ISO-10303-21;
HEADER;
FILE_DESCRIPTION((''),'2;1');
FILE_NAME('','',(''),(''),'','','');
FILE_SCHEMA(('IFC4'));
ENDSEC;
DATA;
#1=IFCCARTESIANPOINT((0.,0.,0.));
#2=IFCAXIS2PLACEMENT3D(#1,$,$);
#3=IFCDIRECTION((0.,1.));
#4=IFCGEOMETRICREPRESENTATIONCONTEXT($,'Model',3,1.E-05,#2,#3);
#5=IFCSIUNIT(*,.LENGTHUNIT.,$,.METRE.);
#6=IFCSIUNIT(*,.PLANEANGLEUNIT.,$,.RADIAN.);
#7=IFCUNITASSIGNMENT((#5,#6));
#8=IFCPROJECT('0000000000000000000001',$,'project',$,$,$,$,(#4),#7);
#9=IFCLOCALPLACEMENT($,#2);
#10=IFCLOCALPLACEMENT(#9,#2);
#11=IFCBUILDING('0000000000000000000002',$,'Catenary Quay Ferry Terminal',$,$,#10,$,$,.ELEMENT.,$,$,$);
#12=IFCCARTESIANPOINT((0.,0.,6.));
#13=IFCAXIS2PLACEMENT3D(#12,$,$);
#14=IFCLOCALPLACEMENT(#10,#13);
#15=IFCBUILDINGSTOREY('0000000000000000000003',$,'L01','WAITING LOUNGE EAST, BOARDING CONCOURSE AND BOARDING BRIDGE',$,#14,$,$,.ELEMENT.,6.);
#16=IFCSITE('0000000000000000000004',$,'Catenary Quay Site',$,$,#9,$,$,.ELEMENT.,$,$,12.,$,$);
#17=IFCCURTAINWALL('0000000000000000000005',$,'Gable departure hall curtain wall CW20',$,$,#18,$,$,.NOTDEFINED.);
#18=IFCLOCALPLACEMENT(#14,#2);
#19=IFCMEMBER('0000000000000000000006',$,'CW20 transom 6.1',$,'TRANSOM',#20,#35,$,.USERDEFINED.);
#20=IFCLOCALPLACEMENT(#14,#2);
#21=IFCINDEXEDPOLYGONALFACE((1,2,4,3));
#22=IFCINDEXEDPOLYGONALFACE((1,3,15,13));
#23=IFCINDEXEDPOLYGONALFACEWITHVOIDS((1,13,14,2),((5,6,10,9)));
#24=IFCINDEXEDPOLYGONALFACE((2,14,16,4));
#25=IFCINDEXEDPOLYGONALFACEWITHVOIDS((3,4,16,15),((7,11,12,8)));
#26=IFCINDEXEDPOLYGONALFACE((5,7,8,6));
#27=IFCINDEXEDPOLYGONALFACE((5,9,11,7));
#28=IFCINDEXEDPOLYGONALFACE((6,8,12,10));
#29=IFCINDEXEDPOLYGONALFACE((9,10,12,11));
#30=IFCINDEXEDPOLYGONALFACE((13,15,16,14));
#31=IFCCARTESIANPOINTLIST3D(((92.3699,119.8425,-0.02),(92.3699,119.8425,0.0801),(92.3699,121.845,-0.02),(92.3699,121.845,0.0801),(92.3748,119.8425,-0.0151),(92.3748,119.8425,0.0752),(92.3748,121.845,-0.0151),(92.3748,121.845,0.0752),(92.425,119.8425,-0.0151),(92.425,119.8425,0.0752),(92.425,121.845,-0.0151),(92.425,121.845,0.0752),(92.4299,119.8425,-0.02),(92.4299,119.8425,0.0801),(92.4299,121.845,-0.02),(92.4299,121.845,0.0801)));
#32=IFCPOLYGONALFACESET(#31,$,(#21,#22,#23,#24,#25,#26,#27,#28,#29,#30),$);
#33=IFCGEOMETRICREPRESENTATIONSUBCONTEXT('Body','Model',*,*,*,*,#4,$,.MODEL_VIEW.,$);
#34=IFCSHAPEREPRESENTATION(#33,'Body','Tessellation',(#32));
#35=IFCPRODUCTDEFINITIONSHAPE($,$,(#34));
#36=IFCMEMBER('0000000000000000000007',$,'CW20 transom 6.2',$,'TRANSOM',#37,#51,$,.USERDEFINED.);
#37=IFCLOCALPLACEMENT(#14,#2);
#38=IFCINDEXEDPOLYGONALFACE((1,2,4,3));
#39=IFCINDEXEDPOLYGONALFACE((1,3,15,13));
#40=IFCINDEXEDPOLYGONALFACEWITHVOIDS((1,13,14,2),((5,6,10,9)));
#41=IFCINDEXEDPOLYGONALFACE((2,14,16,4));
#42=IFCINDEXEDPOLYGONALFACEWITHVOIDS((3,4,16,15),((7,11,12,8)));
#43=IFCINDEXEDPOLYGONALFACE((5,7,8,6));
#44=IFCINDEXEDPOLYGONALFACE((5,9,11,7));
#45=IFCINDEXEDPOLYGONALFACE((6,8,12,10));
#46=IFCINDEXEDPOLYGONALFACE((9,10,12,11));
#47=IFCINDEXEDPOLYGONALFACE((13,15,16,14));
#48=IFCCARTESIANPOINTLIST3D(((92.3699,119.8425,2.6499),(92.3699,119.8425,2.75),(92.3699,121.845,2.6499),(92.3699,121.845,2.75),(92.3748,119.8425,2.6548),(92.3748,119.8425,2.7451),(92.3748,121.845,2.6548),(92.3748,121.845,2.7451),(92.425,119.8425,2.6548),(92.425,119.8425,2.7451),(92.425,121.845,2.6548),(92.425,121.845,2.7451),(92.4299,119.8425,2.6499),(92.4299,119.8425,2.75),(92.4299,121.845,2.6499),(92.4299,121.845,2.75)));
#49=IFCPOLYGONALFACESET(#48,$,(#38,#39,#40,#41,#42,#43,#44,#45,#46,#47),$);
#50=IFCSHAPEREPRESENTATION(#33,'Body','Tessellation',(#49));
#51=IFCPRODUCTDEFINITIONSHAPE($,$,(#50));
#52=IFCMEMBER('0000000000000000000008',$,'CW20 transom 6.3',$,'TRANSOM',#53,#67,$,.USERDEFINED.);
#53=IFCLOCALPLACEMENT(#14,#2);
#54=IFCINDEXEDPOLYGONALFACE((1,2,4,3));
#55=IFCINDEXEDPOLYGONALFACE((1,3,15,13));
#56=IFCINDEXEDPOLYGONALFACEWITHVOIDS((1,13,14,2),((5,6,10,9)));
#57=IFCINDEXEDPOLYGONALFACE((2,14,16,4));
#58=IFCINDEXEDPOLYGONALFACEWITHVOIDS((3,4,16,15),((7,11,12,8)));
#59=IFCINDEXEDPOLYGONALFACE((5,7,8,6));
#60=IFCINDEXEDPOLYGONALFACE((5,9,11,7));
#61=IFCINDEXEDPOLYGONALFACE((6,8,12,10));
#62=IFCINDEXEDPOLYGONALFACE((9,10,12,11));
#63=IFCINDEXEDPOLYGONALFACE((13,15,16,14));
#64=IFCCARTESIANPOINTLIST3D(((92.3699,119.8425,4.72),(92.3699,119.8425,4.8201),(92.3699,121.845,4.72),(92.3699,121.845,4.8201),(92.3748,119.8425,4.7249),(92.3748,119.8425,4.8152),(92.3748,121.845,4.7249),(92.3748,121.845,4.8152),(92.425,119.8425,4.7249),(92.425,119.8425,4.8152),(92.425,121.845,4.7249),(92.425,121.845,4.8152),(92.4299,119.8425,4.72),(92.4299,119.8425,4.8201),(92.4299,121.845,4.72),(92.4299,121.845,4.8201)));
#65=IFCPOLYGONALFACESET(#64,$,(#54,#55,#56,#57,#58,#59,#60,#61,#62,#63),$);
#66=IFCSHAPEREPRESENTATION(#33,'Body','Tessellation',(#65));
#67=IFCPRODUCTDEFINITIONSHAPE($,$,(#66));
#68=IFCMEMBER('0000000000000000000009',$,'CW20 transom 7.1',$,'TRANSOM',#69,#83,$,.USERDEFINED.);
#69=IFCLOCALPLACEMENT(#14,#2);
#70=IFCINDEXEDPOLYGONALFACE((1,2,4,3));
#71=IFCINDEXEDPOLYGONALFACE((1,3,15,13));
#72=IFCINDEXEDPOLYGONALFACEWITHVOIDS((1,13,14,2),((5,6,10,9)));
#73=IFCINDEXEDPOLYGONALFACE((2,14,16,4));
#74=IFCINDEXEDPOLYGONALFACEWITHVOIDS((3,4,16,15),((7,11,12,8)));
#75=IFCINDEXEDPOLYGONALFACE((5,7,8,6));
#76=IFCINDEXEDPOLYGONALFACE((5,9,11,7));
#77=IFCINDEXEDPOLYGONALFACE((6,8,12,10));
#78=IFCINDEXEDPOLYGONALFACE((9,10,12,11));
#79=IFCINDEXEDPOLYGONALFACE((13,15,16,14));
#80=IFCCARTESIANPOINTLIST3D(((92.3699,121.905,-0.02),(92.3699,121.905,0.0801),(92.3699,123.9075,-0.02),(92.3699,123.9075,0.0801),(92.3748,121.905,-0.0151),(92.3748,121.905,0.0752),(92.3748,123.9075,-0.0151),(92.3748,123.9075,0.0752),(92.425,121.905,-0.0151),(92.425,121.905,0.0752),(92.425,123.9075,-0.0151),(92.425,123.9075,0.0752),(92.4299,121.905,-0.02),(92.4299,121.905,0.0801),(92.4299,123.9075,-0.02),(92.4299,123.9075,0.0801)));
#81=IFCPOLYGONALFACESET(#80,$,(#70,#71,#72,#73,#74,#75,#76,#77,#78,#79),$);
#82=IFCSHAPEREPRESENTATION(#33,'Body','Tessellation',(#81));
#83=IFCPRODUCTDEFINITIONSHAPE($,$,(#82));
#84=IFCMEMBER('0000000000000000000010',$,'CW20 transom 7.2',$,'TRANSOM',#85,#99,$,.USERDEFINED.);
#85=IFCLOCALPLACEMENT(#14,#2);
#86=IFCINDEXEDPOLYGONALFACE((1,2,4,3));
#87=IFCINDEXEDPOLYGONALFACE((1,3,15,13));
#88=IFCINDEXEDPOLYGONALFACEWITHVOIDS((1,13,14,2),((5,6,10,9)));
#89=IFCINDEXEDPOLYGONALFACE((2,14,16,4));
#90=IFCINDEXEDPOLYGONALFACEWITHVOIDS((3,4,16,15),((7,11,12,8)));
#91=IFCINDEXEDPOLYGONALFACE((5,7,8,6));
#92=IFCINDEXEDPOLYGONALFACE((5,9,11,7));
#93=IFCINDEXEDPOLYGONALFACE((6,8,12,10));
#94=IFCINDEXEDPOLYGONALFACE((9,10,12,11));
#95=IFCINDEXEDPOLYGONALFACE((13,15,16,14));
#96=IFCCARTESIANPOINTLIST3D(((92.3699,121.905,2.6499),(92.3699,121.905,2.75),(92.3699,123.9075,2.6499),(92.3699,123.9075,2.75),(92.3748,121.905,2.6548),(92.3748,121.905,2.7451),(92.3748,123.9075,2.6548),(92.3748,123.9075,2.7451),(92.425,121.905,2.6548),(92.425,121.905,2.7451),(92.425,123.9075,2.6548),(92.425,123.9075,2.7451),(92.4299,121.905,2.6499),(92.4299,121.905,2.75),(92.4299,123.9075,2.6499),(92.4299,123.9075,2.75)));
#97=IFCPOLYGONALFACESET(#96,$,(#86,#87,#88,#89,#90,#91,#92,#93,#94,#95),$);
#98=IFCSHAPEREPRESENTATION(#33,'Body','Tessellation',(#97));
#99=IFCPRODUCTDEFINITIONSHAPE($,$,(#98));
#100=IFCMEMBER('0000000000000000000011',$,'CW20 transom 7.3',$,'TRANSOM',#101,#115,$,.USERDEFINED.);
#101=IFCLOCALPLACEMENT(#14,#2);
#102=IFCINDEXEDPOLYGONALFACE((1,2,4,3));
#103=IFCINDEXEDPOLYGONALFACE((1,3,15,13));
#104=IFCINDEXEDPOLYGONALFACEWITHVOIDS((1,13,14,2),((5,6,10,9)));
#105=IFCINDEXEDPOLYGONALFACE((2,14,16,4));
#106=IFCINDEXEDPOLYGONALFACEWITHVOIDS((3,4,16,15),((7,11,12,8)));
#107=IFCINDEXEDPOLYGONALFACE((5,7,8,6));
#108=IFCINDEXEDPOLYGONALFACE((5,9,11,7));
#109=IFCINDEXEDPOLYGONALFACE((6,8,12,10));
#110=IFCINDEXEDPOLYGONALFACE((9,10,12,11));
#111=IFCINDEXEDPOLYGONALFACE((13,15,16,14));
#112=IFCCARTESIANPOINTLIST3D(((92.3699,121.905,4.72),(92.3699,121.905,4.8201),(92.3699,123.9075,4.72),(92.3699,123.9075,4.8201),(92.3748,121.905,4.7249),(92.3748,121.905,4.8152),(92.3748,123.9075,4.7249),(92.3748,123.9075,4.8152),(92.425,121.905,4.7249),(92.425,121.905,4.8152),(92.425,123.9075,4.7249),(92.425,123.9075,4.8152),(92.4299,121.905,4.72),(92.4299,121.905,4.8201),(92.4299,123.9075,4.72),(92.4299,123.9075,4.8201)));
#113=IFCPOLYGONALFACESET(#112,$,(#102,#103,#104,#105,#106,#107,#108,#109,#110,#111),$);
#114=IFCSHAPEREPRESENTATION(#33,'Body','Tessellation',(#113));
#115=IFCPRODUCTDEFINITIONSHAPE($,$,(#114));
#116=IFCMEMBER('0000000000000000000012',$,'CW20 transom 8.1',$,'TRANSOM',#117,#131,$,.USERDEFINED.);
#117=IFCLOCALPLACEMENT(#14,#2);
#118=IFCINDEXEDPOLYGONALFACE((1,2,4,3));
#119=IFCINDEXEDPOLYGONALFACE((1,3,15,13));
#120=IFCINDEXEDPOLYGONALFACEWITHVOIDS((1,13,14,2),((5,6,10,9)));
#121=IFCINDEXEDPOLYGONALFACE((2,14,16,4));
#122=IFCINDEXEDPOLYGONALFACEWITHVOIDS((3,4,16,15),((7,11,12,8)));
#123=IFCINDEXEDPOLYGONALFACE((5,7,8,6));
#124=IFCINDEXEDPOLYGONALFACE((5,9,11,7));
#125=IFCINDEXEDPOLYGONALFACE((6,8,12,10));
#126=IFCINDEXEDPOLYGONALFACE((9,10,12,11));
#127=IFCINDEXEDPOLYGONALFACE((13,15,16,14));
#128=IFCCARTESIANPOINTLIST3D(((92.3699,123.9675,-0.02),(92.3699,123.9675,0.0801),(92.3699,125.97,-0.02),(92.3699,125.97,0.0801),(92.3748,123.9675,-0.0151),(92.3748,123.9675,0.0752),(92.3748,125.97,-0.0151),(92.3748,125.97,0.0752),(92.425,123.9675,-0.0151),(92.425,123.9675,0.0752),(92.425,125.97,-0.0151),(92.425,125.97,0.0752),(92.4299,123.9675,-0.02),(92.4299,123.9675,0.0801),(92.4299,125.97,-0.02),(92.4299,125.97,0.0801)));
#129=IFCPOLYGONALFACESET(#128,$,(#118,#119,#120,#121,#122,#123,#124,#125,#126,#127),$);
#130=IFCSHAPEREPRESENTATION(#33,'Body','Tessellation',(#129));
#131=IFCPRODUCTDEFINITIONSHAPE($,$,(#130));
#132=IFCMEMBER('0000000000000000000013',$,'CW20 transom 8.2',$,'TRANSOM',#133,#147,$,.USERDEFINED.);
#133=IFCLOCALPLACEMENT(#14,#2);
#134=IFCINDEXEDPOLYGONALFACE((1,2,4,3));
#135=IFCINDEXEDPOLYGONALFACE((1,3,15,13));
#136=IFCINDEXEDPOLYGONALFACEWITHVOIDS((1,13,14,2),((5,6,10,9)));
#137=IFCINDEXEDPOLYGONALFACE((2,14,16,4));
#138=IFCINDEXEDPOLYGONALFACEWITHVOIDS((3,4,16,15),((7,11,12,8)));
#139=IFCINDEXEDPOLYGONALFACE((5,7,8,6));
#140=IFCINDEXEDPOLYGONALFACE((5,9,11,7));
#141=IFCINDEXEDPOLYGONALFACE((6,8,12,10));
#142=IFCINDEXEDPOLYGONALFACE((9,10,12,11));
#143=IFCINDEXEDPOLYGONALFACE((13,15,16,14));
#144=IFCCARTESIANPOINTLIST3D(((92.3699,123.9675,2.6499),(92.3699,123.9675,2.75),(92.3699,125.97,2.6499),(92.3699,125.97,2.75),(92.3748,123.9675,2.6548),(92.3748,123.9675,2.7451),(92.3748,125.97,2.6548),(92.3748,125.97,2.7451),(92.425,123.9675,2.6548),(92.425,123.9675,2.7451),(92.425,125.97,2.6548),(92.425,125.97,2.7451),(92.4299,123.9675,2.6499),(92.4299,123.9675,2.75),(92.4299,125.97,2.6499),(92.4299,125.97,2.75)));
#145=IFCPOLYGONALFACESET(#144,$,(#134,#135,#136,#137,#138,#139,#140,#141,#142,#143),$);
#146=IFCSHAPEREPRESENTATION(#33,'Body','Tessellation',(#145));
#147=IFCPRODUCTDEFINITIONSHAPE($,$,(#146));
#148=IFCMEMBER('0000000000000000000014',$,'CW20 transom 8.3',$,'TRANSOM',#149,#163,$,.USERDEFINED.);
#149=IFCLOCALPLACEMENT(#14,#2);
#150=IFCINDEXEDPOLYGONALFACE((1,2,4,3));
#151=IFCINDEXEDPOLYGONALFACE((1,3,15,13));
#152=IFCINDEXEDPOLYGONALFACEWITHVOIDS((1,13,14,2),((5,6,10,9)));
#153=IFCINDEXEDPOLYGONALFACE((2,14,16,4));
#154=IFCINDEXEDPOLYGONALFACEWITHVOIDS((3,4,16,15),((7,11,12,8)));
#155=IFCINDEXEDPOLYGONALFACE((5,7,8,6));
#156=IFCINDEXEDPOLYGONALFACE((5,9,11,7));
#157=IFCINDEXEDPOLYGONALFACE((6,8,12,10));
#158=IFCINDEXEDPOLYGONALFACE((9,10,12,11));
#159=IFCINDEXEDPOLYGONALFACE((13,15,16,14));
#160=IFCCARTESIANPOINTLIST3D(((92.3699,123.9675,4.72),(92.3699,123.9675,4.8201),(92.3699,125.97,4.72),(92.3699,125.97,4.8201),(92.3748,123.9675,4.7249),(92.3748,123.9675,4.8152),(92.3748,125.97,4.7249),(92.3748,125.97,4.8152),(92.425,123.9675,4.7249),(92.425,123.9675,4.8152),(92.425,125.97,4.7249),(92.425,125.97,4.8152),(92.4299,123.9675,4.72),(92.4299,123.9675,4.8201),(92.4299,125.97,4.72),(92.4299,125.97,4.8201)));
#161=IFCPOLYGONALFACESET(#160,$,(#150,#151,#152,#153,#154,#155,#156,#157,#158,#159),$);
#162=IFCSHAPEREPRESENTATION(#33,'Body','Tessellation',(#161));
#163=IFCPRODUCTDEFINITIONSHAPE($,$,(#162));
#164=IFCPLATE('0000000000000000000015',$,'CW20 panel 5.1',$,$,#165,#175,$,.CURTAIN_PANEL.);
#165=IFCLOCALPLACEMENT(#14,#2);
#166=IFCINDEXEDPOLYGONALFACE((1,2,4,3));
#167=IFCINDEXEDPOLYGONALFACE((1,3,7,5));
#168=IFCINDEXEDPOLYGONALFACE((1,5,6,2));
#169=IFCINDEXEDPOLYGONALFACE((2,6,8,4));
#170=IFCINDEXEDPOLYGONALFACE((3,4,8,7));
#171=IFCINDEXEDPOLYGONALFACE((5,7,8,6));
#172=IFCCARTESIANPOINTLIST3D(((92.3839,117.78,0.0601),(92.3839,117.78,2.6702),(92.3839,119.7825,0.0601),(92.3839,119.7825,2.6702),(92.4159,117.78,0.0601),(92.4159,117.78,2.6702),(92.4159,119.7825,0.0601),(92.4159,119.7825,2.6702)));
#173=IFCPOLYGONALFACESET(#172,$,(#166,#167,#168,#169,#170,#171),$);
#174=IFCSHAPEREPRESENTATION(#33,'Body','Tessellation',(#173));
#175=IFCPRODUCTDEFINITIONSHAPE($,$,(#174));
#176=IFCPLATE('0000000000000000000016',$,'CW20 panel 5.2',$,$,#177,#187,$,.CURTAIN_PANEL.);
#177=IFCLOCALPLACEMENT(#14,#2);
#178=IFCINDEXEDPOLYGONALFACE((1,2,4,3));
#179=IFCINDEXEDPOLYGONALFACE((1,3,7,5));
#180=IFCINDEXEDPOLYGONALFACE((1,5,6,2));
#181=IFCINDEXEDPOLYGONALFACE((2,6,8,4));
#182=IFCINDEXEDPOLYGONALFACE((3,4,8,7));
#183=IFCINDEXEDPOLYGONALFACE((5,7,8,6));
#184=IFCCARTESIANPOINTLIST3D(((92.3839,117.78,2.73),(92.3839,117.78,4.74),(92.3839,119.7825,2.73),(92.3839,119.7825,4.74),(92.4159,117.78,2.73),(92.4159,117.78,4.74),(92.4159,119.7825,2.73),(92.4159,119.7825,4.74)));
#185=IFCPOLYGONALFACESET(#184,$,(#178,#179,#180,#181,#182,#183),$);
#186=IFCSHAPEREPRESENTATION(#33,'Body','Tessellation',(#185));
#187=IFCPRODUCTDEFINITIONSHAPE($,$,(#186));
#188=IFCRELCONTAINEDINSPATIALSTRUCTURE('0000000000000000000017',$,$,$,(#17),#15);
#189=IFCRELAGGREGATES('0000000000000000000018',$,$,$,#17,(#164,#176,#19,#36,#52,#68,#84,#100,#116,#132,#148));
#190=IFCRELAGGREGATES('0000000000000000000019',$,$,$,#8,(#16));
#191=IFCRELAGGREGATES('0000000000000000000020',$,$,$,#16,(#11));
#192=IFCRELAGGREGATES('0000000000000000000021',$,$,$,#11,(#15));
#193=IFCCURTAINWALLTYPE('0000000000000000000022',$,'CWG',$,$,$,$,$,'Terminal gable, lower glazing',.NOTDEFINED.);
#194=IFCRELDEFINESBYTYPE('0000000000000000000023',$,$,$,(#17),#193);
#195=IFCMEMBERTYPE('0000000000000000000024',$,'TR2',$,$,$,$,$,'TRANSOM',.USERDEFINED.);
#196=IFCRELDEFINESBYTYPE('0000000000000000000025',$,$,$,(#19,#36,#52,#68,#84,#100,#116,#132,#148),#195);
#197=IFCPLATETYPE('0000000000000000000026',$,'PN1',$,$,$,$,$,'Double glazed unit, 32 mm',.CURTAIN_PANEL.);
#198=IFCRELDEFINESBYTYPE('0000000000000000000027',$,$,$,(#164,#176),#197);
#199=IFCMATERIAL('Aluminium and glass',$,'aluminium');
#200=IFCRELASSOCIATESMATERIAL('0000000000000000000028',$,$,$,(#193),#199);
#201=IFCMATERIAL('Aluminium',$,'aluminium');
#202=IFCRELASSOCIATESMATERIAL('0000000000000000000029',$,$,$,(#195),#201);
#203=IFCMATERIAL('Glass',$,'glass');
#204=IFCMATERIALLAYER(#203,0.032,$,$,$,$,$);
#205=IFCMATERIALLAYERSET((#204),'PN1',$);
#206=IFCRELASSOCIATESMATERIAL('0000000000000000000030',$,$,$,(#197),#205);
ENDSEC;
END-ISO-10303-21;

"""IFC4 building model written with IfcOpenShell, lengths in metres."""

from ifc_helpers import new_model, si_unit, direction, frame, origin, origin_2d, place, context, subcontext, project, spatial, rectangle, hollow_rectangle, extrude, material, layer, layer_set, material_profile, profile_set, type_object, element, aggregate, save


model = new_model("IFC4")

# Units and contexts
model_context = context("Model", 3, precision=1e-05, world=origin(), true_north=direction((0.0, 1.0)))
body_context = subcontext(model_context, "Body", "Model", "MODEL_VIEW")
ifc_project = project(units=[si_unit("LENGTHUNIT", "METRE"), si_unit("PLANEANGLEUNIT", "RADIAN")], contexts=[model_context])

# Site, building, storey
site_placement = place(None, origin())
site = spatial("IfcSite", under=ifc_project, at=site_placement, Name="Catenary Quay Site", CompositionType="ELEMENT", RefElevation=12.0)
building_placement = place(site_placement, origin())
building = spatial("IfcBuilding", under=site, at=building_placement, Name="Catenary Quay Ferry Terminal", CompositionType="ELEMENT")
storey_placement = place(building_placement, frame((0.0, 0.0, 6.0)))
storey = spatial("IfcBuildingStorey", under=building, at=storey_placement, Name="L01", Description="WAITING LOUNGE EAST, BOARDING CONCOURSE AND BOARDING BRIDGE", CompositionType="ELEMENT", Elevation=6.0)

# Curtain wall, members, plates
ifc_material_1 = material(Name="Aluminium and glass", Category="aluminium")
curtain_wall_type = type_object("IfcCurtainWallType", Name="CWG", ElementType="Terminal gable, lower glazing", PredefinedType="NOTDEFINED", material=ifc_material_1)
curtain_wall_placement = place(storey_placement, origin())
curtain_wall = element("IfcCurtainWall", 1, at=curtain_wall_placement, inside=storey, type_object=curtain_wall_type, Name="Gable departure hall curtain wall CW20", PredefinedType="NOTDEFINED")
ifc_material_2 = material(Name="Aluminium", Category="aluminium")
ifc_material_profile_1 = material_profile(ifc_material_2, hollow_rectangle(XDim=0.0601, YDim=0.1001, WallThickness=0.0049, at=origin_2d()), Name="TR2")
ifc_profile_set_1 = profile_set([ifc_material_profile_1], Name="Aluminium")
member_type_1 = type_object("IfcMemberType", Name="TR2", ElementType="TRANSOM", PredefinedType="USERDEFINED", material=ifc_profile_set_1)
member_1_placement = place(storey_placement, frame((92.3999, 119.8425, 0.03), z_axis=(0.0, 1.0, 0.0), x_axis=(-1.0, 0.0, 0.0)))
member_1 = element("IfcMember", 2, at=member_1_placement, type_object=member_type_1, Name="CW20 transom 6.1", ObjectType="TRANSOM", PredefinedType="USERDEFINED", context=body_context, shape_type="SweptSolid", body=[
    extrude(hollow_rectangle(XDim=0.0601, YDim=0.1001, WallThickness=0.0049, at=origin_2d()), origin(), (0.0, 0.0, 1.0), 2.0024),
])
member_2_placement = place(storey_placement, frame((92.3999, 119.8425, 2.7), z_axis=(0.0, 1.0, 0.0), x_axis=(-1.0, 0.0, 0.0)))
member_2 = element("IfcMember", 3, at=member_2_placement, type_object=member_type_1, Name="CW20 transom 6.2", ObjectType="TRANSOM", PredefinedType="USERDEFINED", context=body_context, shape_type="SweptSolid", body=[
    extrude(hollow_rectangle(XDim=0.0601, YDim=0.1001, WallThickness=0.0049, at=origin_2d()), origin(), (0.0, 0.0, 1.0), 2.0024),
])
member_3_placement = place(storey_placement, frame((92.3999, 119.8425, 4.77), z_axis=(0.0, 1.0, 0.0), x_axis=(-1.0, 0.0, 0.0)))
member_3 = element("IfcMember", 4, at=member_3_placement, type_object=member_type_1, Name="CW20 transom 6.3", ObjectType="TRANSOM", PredefinedType="USERDEFINED", context=body_context, shape_type="SweptSolid", body=[
    extrude(hollow_rectangle(XDim=0.0601, YDim=0.1001, WallThickness=0.0049, at=origin_2d()), origin(), (0.0, 0.0, 1.0), 2.0024),
])
member_4_placement = place(storey_placement, frame((92.3999, 121.905, 0.03), z_axis=(0.0, 1.0, 0.0), x_axis=(-1.0, 0.0, 0.0)))
member_4 = element("IfcMember", 5, at=member_4_placement, type_object=member_type_1, Name="CW20 transom 7.1", ObjectType="TRANSOM", PredefinedType="USERDEFINED", context=body_context, shape_type="SweptSolid", body=[
    extrude(hollow_rectangle(XDim=0.0601, YDim=0.1001, WallThickness=0.0049, at=origin_2d()), origin(), (0.0, 0.0, 1.0), 2.0024),
])
member_5_placement = place(storey_placement, frame((92.3999, 121.905, 2.7), z_axis=(0.0, 1.0, 0.0), x_axis=(-1.0, 0.0, 0.0)))
member_5 = element("IfcMember", 6, at=member_5_placement, type_object=member_type_1, Name="CW20 transom 7.2", ObjectType="TRANSOM", PredefinedType="USERDEFINED", context=body_context, shape_type="SweptSolid", body=[
    extrude(hollow_rectangle(XDim=0.0601, YDim=0.1001, WallThickness=0.0049, at=origin_2d()), origin(), (0.0, 0.0, 1.0), 2.0024),
])
member_6_placement = place(storey_placement, frame((92.3999, 121.905, 4.77), z_axis=(0.0, 1.0, 0.0), x_axis=(-1.0, 0.0, 0.0)))
member_6 = element("IfcMember", 7, at=member_6_placement, type_object=member_type_1, Name="CW20 transom 7.3", ObjectType="TRANSOM", PredefinedType="USERDEFINED", context=body_context, shape_type="SweptSolid", body=[
    extrude(hollow_rectangle(XDim=0.0601, YDim=0.1001, WallThickness=0.0049, at=origin_2d()), origin(), (0.0, 0.0, 1.0), 2.0024),
])
member_7_placement = place(storey_placement, frame((92.3999, 123.9675, 0.03), z_axis=(0.0, 1.0, 0.0), x_axis=(-1.0, 0.0, 0.0)))
member_7 = element("IfcMember", 8, at=member_7_placement, type_object=member_type_1, Name="CW20 transom 8.1", ObjectType="TRANSOM", PredefinedType="USERDEFINED", context=body_context, shape_type="SweptSolid", body=[
    extrude(hollow_rectangle(XDim=0.0601, YDim=0.1001, WallThickness=0.0049, at=origin_2d()), origin(), (0.0, 0.0, 1.0), 2.0024),
])
member_8_placement = place(storey_placement, frame((92.3999, 123.9675, 2.7), z_axis=(0.0, 1.0, 0.0), x_axis=(-1.0, 0.0, 0.0)))
member_8 = element("IfcMember", 9, at=member_8_placement, type_object=member_type_1, Name="CW20 transom 8.2", ObjectType="TRANSOM", PredefinedType="USERDEFINED", context=body_context, shape_type="SweptSolid", body=[
    extrude(hollow_rectangle(XDim=0.0601, YDim=0.1001, WallThickness=0.0049, at=origin_2d()), origin(), (0.0, 0.0, 1.0), 2.0024),
])
member_9_placement = place(storey_placement, frame((92.3999, 123.9675, 4.77), z_axis=(0.0, 1.0, 0.0), x_axis=(-1.0, 0.0, 0.0)))
member_9 = element("IfcMember", 10, at=member_9_placement, type_object=member_type_1, Name="CW20 transom 8.3", ObjectType="TRANSOM", PredefinedType="USERDEFINED", context=body_context, shape_type="SweptSolid", body=[
    extrude(hollow_rectangle(XDim=0.0601, YDim=0.1001, WallThickness=0.0049, at=origin_2d()), origin(), (0.0, 0.0, 1.0), 2.0024),
])
ifc_material_3 = material(Name="Glass", Category="glass")
ifc_layer = layer(ifc_material_3, 0.032)
ifc_layer_set = layer_set([ifc_layer], Name="PN1")
plate_type = type_object("IfcPlateType", Name="PN1", ElementType="Double glazed unit, 32 mm", PredefinedType="CURTAIN_PANEL", material=ifc_layer_set)
plate_1_placement = place(storey_placement, frame((92.3999, 118.7812, 0.0601), z_axis=(0.0, 0.0, 1.0), x_axis=(0.0, 1.0, 0.0)))
plate_1 = element("IfcPlate", 11, at=plate_1_placement, type_object=plate_type, Name="CW20 panel 5.1", PredefinedType="CURTAIN_PANEL", context=body_context, shape_type="SweptSolid", body=[
    extrude(rectangle(XDim=2.0024, YDim=0.032, at=origin_2d()), origin(), (0.0, 0.0, 1.0), 2.6101),
])
plate_2_placement = place(storey_placement, frame((92.3999, 118.7812, 2.73), z_axis=(0.0, 0.0, 1.0), x_axis=(0.0, 1.0, 0.0)))
plate_2 = element("IfcPlate", 12, at=plate_2_placement, type_object=plate_type, Name="CW20 panel 5.2", PredefinedType="CURTAIN_PANEL", context=body_context, shape_type="SweptSolid", body=[
    extrude(rectangle(XDim=2.0024, YDim=0.032, at=origin_2d()), origin(), (0.0, 0.0, 1.0), 2.01),
])
aggregate(curtain_wall, [plate_1, plate_2, member_1, member_2, member_3, member_4, member_5, member_6, member_7, member_8, member_9])

save(model, "model.ifc")
